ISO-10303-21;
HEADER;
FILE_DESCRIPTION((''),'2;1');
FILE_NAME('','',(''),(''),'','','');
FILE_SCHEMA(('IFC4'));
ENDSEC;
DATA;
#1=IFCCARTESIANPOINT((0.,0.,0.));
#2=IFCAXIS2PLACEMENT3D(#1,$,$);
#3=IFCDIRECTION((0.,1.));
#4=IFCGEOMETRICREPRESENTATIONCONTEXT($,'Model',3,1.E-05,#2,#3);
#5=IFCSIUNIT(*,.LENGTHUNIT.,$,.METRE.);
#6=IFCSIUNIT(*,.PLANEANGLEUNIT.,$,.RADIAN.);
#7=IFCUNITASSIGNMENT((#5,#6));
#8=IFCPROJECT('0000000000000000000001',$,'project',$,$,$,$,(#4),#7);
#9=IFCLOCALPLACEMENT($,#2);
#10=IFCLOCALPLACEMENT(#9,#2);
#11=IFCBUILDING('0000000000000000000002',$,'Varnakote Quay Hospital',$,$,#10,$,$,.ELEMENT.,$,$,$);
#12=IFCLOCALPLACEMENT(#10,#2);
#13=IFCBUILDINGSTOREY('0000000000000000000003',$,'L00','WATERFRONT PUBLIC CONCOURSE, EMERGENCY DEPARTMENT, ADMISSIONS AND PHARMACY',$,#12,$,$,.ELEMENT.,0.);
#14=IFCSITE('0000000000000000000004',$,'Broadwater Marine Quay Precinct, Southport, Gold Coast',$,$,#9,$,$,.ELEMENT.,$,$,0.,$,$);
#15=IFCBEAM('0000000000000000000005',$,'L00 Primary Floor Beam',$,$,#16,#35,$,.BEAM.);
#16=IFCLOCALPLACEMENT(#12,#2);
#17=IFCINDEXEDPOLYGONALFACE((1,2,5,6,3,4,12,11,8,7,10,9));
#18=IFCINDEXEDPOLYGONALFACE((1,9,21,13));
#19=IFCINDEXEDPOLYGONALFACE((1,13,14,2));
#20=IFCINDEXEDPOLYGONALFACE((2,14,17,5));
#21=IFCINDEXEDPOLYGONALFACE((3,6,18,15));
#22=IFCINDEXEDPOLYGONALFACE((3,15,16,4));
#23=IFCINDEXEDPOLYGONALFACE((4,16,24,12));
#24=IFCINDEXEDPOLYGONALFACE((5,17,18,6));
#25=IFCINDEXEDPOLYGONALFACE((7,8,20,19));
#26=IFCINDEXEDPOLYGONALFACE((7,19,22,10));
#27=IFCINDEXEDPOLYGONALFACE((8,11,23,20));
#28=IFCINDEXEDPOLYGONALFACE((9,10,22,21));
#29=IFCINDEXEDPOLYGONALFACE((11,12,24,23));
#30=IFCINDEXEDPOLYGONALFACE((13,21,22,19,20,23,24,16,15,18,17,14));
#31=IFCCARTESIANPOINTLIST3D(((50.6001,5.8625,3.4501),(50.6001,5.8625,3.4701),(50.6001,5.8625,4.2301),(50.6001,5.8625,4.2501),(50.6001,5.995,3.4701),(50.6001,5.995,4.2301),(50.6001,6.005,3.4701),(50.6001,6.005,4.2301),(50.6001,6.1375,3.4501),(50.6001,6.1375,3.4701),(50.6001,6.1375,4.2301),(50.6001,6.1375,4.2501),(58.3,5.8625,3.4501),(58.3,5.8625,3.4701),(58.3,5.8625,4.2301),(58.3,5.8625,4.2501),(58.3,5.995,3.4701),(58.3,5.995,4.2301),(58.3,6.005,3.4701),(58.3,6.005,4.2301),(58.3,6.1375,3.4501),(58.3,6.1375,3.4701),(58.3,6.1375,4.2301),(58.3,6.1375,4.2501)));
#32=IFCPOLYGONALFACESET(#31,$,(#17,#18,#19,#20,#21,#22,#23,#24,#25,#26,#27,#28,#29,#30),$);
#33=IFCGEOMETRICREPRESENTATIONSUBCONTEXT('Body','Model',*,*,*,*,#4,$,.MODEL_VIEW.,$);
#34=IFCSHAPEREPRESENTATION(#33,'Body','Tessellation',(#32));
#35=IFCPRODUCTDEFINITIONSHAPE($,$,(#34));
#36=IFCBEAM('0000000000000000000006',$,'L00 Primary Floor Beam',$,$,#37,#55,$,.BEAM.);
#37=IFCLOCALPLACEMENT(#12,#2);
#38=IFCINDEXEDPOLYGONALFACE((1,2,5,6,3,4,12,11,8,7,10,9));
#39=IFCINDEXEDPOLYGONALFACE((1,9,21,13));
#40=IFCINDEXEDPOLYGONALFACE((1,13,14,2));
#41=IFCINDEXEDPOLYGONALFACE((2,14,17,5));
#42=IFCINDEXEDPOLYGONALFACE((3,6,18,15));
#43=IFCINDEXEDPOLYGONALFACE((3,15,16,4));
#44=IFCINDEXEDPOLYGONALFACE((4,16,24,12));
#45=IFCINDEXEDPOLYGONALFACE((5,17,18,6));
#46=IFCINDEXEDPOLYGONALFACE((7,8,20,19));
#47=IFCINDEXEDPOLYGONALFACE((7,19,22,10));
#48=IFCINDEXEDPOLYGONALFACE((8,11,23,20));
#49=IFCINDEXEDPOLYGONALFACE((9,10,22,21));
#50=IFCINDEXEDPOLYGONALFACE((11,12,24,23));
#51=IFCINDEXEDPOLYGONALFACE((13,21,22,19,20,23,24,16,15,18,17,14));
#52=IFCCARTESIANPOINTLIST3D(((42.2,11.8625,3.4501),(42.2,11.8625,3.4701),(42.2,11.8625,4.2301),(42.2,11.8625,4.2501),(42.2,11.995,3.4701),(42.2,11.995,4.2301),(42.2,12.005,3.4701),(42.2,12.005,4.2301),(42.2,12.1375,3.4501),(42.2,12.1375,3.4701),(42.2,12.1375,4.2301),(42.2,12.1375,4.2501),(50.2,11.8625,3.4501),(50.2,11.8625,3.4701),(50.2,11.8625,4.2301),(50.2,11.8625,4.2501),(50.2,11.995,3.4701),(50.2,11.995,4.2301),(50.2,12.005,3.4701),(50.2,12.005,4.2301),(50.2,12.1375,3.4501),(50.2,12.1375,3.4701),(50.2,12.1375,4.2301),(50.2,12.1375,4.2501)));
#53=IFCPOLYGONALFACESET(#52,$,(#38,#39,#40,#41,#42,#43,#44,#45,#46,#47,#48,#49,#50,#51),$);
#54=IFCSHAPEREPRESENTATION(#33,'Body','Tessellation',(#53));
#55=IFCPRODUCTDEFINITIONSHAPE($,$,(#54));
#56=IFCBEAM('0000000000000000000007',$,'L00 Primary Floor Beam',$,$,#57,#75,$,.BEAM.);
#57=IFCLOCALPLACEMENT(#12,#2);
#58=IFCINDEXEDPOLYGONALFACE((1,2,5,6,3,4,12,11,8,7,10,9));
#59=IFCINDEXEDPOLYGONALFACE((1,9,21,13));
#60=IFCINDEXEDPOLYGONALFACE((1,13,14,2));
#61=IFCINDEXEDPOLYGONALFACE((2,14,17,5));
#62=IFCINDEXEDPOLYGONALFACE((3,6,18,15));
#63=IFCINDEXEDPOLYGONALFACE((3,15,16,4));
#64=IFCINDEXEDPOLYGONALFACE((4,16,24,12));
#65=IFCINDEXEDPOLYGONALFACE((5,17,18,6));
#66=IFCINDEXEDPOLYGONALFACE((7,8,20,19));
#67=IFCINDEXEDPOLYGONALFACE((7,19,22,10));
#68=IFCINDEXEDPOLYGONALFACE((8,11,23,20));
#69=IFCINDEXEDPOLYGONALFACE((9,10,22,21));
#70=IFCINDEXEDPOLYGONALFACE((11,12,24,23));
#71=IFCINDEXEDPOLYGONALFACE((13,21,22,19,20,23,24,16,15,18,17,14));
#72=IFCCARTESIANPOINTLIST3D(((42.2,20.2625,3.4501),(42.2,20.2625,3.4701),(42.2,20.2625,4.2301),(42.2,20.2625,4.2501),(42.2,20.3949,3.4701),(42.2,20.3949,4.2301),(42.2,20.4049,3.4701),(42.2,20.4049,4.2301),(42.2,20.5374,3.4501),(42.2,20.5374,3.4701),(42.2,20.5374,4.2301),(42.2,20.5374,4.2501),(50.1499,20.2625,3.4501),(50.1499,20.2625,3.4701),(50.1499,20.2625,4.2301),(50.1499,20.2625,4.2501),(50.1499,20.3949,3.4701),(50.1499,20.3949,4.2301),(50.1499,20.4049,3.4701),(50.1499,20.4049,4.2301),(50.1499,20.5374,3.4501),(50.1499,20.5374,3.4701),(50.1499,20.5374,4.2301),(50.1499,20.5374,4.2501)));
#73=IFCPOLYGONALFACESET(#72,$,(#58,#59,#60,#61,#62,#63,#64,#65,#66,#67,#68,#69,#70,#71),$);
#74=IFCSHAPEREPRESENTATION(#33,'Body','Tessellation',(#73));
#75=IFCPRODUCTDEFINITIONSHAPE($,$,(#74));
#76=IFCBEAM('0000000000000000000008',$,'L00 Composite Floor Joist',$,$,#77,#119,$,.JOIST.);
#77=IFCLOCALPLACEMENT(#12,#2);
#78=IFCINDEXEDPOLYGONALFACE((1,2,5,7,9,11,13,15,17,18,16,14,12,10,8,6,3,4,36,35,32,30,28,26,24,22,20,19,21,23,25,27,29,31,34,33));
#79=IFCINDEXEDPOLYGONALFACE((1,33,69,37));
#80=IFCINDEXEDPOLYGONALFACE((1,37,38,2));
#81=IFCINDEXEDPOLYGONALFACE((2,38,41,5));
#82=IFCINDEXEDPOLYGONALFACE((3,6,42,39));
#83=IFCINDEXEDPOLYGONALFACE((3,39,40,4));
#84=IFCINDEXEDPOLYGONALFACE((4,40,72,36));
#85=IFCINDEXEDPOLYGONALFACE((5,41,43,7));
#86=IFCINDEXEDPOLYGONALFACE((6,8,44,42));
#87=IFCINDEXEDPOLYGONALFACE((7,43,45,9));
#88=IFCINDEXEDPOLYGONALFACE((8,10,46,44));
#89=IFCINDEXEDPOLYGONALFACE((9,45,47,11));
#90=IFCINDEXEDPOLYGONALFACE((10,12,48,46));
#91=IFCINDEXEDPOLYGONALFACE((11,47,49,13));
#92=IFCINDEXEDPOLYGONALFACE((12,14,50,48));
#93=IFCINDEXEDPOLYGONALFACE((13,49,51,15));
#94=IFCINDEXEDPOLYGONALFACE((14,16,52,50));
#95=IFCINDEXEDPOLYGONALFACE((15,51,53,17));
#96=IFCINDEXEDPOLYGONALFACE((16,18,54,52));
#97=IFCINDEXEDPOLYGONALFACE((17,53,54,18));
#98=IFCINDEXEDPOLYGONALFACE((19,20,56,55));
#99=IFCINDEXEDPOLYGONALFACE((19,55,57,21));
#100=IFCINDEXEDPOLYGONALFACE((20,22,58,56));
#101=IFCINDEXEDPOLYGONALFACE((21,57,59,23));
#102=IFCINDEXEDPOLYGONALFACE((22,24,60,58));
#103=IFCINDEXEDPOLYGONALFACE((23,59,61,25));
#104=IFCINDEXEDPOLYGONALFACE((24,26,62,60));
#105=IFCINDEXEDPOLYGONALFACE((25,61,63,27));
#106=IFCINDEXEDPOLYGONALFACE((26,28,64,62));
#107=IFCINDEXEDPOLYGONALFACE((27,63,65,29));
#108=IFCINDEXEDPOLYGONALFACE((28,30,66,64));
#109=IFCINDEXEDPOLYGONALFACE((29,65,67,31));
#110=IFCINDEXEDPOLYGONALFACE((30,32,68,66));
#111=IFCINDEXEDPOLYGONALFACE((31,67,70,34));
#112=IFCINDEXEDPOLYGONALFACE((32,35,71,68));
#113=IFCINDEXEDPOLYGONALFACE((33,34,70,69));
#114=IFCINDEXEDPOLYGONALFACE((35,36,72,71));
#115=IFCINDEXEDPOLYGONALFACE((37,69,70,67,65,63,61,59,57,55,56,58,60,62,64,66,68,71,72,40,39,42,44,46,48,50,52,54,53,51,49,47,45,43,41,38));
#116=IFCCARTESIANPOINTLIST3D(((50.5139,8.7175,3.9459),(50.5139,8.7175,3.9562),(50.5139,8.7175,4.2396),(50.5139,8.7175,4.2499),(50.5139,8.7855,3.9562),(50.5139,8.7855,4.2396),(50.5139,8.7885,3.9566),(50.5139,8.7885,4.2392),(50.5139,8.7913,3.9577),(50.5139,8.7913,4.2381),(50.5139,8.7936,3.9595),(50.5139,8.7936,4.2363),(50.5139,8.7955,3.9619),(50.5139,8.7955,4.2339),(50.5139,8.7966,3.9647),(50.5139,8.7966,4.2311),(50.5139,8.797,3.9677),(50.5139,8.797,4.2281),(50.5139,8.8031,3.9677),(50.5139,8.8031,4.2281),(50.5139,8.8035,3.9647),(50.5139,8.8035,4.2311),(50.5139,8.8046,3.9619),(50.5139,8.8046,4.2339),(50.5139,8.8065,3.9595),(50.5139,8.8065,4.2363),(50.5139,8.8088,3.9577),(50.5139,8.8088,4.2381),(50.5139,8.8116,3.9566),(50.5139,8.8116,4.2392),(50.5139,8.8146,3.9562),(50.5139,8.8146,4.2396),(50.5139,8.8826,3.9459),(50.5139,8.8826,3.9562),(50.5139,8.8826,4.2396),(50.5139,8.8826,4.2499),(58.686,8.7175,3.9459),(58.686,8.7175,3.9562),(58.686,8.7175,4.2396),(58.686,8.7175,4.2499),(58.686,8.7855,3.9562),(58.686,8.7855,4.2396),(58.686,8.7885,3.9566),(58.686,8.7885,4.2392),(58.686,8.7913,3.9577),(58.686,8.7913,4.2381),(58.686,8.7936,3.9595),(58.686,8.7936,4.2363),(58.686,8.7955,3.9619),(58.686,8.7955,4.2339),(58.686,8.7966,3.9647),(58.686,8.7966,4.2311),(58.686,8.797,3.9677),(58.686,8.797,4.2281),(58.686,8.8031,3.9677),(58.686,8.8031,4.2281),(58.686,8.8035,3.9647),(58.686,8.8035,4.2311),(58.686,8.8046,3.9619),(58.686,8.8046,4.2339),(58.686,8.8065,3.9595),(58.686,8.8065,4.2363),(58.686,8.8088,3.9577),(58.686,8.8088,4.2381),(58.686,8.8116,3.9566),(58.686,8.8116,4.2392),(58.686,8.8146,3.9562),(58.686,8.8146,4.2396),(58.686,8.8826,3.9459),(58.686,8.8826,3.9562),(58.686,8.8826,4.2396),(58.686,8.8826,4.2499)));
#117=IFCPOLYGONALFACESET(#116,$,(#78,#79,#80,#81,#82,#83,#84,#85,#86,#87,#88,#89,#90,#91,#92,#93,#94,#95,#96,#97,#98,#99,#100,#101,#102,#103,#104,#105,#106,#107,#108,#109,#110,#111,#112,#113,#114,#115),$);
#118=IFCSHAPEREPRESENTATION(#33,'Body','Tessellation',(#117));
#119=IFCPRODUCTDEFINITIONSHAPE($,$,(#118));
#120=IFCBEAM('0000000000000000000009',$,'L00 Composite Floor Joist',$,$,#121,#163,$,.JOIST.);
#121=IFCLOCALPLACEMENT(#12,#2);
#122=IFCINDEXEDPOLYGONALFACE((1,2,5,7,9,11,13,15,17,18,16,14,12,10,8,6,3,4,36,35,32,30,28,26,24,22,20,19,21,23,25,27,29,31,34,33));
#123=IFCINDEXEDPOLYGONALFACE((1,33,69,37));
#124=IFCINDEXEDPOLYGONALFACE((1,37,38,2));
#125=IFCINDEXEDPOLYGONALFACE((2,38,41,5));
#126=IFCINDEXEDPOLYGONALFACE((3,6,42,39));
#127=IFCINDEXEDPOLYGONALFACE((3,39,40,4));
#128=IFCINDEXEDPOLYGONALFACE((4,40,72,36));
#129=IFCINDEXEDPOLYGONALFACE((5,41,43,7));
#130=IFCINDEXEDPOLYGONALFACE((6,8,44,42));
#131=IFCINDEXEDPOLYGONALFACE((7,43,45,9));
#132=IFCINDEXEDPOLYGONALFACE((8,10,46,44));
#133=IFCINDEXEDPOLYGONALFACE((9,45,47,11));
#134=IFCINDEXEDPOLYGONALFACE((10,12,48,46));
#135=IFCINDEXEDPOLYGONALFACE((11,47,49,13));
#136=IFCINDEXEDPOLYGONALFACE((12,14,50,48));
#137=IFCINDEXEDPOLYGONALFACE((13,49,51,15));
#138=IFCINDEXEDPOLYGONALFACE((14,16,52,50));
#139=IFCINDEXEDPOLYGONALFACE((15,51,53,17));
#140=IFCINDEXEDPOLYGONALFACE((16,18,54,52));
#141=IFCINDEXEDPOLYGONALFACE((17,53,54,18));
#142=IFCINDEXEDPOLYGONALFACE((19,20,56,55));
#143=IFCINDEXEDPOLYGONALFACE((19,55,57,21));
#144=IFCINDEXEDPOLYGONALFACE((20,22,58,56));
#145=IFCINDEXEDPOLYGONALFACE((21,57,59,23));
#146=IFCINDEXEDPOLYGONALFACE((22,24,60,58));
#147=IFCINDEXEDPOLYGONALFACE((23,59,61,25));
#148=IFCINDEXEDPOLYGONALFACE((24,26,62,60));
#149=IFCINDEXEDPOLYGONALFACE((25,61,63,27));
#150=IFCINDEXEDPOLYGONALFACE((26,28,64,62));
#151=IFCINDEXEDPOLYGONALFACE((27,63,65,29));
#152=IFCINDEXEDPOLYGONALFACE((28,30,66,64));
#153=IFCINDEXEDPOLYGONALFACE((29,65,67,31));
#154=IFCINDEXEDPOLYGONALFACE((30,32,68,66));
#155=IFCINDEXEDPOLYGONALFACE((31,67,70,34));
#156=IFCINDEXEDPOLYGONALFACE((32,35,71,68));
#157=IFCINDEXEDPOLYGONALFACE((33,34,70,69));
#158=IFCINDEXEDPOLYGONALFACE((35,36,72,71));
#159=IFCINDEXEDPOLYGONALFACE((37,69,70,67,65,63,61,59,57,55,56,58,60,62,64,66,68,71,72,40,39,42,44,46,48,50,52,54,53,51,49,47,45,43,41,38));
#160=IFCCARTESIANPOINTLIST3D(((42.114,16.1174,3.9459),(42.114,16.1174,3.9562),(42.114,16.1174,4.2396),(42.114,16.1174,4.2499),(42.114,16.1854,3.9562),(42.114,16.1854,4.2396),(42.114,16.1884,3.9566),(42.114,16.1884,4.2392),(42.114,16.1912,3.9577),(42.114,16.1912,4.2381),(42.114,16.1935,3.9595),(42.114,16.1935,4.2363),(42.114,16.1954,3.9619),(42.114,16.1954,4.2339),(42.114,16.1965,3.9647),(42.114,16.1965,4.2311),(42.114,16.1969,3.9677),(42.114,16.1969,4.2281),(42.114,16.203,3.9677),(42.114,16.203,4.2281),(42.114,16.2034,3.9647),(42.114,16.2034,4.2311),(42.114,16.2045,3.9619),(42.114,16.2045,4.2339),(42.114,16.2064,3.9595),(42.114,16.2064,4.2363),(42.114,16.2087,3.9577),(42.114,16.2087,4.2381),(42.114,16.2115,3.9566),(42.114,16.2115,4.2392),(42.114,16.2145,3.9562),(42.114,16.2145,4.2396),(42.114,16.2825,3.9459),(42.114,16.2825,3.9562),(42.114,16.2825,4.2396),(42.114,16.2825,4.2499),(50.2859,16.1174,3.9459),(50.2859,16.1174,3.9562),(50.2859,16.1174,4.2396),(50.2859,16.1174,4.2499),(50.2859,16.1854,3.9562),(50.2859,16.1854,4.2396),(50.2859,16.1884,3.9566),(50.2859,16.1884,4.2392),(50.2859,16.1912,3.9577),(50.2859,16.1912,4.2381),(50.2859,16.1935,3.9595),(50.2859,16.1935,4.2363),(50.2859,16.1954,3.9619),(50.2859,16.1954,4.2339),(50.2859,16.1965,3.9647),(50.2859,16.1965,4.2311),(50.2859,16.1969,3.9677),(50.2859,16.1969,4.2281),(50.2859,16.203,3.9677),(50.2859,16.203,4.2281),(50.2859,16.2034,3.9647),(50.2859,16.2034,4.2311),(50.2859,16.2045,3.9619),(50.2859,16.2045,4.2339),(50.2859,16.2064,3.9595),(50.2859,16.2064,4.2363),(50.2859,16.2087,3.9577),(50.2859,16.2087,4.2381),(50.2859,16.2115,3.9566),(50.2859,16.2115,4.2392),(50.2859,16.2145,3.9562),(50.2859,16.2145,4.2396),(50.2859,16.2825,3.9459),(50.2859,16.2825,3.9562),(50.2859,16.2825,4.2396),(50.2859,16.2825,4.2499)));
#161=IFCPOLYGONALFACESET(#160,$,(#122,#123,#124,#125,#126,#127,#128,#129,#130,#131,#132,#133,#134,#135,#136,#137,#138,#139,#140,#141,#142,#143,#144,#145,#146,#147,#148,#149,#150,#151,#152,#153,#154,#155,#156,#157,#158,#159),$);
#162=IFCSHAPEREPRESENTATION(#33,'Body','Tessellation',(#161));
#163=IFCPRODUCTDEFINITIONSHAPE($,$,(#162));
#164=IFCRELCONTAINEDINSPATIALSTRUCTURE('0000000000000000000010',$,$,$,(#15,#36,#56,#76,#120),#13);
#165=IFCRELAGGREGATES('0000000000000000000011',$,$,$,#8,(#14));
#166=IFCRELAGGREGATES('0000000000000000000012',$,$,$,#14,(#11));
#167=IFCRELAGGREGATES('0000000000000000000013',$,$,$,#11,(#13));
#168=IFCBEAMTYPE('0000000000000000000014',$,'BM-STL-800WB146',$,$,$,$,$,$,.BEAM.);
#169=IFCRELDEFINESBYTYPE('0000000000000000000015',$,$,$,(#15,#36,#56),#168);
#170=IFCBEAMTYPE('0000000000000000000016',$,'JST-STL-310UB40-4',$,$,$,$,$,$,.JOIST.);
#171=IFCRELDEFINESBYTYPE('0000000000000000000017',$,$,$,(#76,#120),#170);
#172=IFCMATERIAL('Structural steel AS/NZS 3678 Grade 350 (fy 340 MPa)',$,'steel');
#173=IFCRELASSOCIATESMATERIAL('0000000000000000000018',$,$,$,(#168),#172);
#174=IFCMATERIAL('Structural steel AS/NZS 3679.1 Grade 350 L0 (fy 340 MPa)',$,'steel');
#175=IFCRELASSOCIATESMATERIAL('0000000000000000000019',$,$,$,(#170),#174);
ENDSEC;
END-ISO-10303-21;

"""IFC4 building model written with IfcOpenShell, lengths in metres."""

from ifc_helpers import new_model, si_unit, direction, frame, origin, origin_2d, place, context, subcontext, project, spatial, i_section, extrude, material, material_profile, profile_set, type_object, element, save


model = new_model("IFC4")

# Units and contexts
model_context = context("Model", 3, precision=1e-05, world=origin(), true_north=direction((0.0, 1.0)))
body_context = subcontext(model_context, "Body", "Model", "MODEL_VIEW")
ifc_project = project(units=[si_unit("LENGTHUNIT", "METRE"), si_unit("PLANEANGLEUNIT", "RADIAN")], contexts=[model_context])

# Site, building, storey
site_placement = place(None, origin())
site = spatial("IfcSite", under=ifc_project, at=site_placement, Name="Broadwater Marine Quay Precinct, Southport, Gold Coast", CompositionType="ELEMENT", RefElevation=0.0)
building_placement = place(site_placement, origin())
building = spatial("IfcBuilding", under=site, at=building_placement, Name="Varnakote Quay Hospital", CompositionType="ELEMENT")
storey_placement = place(building_placement, origin())
storey = spatial("IfcBuildingStorey", under=building, at=storey_placement, Name="L00", Description="WATERFRONT PUBLIC CONCOURSE, EMERGENCY DEPARTMENT, ADMISSIONS AND PHARMACY", CompositionType="ELEMENT", Elevation=0.0)

# Beams
ifc_material_1 = material(Name="Structural steel AS/NZS 3678 Grade 350 (fy 340 MPa)", Category="steel")
ifc_material_profile_1 = material_profile(ifc_material_1, i_section(OverallWidth=0.2749, OverallDepth=0.8, WebThickness=0.01, FlangeThickness=0.02, at=origin_2d()), Name="800WB146")
ifc_profile_set_1 = profile_set([ifc_material_profile_1], Name="Structural steel AS/NZS 3678 Grade 350 (fy 340 MPa)")
beam_type_1 = type_object("IfcBeamType", Name="BM-STL-800WB146", PredefinedType="BEAM", material=ifc_profile_set_1)
beam_1_placement = place(storey_placement, frame((50.6001, 6.0, 3.8501), z_axis=(1.0, 0.0, 0.0), x_axis=(0.0, 1.0, 0.0)))
element("IfcBeam", 1, at=beam_1_placement, inside=storey, type_object=beam_type_1, Name="L00 Primary Floor Beam", PredefinedType="BEAM", context=body_context, shape_type="SweptSolid", body=[
    extrude(i_section(OverallWidth=0.2749, OverallDepth=0.8, WebThickness=0.01, FlangeThickness=0.02, at=origin_2d()), origin(), (0.0, 0.0, 1.0), 7.7),
])
beam_2_placement = place(storey_placement, frame((42.2, 12.0, 3.8501), z_axis=(1.0, 0.0, 0.0), x_axis=(0.0, 1.0, 0.0)))
element("IfcBeam", 2, at=beam_2_placement, inside=storey, type_object=beam_type_1, Name="L00 Primary Floor Beam", PredefinedType="BEAM", context=body_context, shape_type="SweptSolid", body=[
    extrude(i_section(OverallWidth=0.2749, OverallDepth=0.8, WebThickness=0.01, FlangeThickness=0.02, at=origin_2d()), origin(), (0.0, 0.0, 1.0), 8.0),
])
beam_3_placement = place(storey_placement, frame((42.2, 20.3999, 3.8501), z_axis=(1.0, 0.0, 0.0), x_axis=(0.0, 1.0, 0.0)))
element("IfcBeam", 3, at=beam_3_placement, inside=storey, type_object=beam_type_1, Name="L00 Primary Floor Beam", PredefinedType="BEAM", context=body_context, shape_type="SweptSolid", body=[
    extrude(i_section(OverallWidth=0.2749, OverallDepth=0.8, WebThickness=0.01, FlangeThickness=0.02, at=origin_2d()), origin(), (0.0, 0.0, 1.0), 7.95),
])
ifc_material_2 = material(Name="Structural steel AS/NZS 3679.1 Grade 350 L0 (fy 340 MPa)", Category="steel")
ifc_material_profile_2 = material_profile(ifc_material_2, i_section(OverallWidth=0.165, OverallDepth=0.304, WebThickness=0.0061, FlangeThickness=0.0103, FilletRadius=0.0115, at=origin_2d()), Name="310UB40.4")
ifc_profile_set_2 = profile_set([ifc_material_profile_2], Name="Structural steel AS/NZS 3679.1 Grade 350 L0 (fy 340 MPa)")
beam_type_2 = type_object("IfcBeamType", Name="JST-STL-310UB40-4", PredefinedType="JOIST", material=ifc_profile_set_2)
beam_4_placement = place(storey_placement, frame((50.5139, 8.8, 4.0979), z_axis=(1.0, 0.0, 0.0), x_axis=(0.0, 1.0, 0.0)))
element("IfcBeam", 4, at=beam_4_placement, inside=storey, type_object=beam_type_2, Name="L00 Composite Floor Joist", PredefinedType="JOIST", context=body_context, shape_type="SweptSolid", body=[
    extrude(i_section(OverallWidth=0.165, OverallDepth=0.304, WebThickness=0.0061, FlangeThickness=0.0103, FilletRadius=0.0115, at=origin_2d()), origin(), (0.0, 0.0, 1.0), 8.1721),
])
beam_5_placement = place(storey_placement, frame((42.114, 16.2, 4.0979), z_axis=(1.0, 0.0, 0.0), x_axis=(0.0, 1.0, 0.0)))
element("IfcBeam", 5, at=beam_5_placement, inside=storey, type_object=beam_type_2, Name="L00 Composite Floor Joist", PredefinedType="JOIST", context=body_context, shape_type="SweptSolid", body=[
    extrude(i_section(OverallWidth=0.165, OverallDepth=0.304, WebThickness=0.0061, FlangeThickness=0.0103, FilletRadius=0.0115, at=origin_2d()), origin(), (0.0, 0.0, 1.0), 8.1719),
])

save(model, "model.ifc")
